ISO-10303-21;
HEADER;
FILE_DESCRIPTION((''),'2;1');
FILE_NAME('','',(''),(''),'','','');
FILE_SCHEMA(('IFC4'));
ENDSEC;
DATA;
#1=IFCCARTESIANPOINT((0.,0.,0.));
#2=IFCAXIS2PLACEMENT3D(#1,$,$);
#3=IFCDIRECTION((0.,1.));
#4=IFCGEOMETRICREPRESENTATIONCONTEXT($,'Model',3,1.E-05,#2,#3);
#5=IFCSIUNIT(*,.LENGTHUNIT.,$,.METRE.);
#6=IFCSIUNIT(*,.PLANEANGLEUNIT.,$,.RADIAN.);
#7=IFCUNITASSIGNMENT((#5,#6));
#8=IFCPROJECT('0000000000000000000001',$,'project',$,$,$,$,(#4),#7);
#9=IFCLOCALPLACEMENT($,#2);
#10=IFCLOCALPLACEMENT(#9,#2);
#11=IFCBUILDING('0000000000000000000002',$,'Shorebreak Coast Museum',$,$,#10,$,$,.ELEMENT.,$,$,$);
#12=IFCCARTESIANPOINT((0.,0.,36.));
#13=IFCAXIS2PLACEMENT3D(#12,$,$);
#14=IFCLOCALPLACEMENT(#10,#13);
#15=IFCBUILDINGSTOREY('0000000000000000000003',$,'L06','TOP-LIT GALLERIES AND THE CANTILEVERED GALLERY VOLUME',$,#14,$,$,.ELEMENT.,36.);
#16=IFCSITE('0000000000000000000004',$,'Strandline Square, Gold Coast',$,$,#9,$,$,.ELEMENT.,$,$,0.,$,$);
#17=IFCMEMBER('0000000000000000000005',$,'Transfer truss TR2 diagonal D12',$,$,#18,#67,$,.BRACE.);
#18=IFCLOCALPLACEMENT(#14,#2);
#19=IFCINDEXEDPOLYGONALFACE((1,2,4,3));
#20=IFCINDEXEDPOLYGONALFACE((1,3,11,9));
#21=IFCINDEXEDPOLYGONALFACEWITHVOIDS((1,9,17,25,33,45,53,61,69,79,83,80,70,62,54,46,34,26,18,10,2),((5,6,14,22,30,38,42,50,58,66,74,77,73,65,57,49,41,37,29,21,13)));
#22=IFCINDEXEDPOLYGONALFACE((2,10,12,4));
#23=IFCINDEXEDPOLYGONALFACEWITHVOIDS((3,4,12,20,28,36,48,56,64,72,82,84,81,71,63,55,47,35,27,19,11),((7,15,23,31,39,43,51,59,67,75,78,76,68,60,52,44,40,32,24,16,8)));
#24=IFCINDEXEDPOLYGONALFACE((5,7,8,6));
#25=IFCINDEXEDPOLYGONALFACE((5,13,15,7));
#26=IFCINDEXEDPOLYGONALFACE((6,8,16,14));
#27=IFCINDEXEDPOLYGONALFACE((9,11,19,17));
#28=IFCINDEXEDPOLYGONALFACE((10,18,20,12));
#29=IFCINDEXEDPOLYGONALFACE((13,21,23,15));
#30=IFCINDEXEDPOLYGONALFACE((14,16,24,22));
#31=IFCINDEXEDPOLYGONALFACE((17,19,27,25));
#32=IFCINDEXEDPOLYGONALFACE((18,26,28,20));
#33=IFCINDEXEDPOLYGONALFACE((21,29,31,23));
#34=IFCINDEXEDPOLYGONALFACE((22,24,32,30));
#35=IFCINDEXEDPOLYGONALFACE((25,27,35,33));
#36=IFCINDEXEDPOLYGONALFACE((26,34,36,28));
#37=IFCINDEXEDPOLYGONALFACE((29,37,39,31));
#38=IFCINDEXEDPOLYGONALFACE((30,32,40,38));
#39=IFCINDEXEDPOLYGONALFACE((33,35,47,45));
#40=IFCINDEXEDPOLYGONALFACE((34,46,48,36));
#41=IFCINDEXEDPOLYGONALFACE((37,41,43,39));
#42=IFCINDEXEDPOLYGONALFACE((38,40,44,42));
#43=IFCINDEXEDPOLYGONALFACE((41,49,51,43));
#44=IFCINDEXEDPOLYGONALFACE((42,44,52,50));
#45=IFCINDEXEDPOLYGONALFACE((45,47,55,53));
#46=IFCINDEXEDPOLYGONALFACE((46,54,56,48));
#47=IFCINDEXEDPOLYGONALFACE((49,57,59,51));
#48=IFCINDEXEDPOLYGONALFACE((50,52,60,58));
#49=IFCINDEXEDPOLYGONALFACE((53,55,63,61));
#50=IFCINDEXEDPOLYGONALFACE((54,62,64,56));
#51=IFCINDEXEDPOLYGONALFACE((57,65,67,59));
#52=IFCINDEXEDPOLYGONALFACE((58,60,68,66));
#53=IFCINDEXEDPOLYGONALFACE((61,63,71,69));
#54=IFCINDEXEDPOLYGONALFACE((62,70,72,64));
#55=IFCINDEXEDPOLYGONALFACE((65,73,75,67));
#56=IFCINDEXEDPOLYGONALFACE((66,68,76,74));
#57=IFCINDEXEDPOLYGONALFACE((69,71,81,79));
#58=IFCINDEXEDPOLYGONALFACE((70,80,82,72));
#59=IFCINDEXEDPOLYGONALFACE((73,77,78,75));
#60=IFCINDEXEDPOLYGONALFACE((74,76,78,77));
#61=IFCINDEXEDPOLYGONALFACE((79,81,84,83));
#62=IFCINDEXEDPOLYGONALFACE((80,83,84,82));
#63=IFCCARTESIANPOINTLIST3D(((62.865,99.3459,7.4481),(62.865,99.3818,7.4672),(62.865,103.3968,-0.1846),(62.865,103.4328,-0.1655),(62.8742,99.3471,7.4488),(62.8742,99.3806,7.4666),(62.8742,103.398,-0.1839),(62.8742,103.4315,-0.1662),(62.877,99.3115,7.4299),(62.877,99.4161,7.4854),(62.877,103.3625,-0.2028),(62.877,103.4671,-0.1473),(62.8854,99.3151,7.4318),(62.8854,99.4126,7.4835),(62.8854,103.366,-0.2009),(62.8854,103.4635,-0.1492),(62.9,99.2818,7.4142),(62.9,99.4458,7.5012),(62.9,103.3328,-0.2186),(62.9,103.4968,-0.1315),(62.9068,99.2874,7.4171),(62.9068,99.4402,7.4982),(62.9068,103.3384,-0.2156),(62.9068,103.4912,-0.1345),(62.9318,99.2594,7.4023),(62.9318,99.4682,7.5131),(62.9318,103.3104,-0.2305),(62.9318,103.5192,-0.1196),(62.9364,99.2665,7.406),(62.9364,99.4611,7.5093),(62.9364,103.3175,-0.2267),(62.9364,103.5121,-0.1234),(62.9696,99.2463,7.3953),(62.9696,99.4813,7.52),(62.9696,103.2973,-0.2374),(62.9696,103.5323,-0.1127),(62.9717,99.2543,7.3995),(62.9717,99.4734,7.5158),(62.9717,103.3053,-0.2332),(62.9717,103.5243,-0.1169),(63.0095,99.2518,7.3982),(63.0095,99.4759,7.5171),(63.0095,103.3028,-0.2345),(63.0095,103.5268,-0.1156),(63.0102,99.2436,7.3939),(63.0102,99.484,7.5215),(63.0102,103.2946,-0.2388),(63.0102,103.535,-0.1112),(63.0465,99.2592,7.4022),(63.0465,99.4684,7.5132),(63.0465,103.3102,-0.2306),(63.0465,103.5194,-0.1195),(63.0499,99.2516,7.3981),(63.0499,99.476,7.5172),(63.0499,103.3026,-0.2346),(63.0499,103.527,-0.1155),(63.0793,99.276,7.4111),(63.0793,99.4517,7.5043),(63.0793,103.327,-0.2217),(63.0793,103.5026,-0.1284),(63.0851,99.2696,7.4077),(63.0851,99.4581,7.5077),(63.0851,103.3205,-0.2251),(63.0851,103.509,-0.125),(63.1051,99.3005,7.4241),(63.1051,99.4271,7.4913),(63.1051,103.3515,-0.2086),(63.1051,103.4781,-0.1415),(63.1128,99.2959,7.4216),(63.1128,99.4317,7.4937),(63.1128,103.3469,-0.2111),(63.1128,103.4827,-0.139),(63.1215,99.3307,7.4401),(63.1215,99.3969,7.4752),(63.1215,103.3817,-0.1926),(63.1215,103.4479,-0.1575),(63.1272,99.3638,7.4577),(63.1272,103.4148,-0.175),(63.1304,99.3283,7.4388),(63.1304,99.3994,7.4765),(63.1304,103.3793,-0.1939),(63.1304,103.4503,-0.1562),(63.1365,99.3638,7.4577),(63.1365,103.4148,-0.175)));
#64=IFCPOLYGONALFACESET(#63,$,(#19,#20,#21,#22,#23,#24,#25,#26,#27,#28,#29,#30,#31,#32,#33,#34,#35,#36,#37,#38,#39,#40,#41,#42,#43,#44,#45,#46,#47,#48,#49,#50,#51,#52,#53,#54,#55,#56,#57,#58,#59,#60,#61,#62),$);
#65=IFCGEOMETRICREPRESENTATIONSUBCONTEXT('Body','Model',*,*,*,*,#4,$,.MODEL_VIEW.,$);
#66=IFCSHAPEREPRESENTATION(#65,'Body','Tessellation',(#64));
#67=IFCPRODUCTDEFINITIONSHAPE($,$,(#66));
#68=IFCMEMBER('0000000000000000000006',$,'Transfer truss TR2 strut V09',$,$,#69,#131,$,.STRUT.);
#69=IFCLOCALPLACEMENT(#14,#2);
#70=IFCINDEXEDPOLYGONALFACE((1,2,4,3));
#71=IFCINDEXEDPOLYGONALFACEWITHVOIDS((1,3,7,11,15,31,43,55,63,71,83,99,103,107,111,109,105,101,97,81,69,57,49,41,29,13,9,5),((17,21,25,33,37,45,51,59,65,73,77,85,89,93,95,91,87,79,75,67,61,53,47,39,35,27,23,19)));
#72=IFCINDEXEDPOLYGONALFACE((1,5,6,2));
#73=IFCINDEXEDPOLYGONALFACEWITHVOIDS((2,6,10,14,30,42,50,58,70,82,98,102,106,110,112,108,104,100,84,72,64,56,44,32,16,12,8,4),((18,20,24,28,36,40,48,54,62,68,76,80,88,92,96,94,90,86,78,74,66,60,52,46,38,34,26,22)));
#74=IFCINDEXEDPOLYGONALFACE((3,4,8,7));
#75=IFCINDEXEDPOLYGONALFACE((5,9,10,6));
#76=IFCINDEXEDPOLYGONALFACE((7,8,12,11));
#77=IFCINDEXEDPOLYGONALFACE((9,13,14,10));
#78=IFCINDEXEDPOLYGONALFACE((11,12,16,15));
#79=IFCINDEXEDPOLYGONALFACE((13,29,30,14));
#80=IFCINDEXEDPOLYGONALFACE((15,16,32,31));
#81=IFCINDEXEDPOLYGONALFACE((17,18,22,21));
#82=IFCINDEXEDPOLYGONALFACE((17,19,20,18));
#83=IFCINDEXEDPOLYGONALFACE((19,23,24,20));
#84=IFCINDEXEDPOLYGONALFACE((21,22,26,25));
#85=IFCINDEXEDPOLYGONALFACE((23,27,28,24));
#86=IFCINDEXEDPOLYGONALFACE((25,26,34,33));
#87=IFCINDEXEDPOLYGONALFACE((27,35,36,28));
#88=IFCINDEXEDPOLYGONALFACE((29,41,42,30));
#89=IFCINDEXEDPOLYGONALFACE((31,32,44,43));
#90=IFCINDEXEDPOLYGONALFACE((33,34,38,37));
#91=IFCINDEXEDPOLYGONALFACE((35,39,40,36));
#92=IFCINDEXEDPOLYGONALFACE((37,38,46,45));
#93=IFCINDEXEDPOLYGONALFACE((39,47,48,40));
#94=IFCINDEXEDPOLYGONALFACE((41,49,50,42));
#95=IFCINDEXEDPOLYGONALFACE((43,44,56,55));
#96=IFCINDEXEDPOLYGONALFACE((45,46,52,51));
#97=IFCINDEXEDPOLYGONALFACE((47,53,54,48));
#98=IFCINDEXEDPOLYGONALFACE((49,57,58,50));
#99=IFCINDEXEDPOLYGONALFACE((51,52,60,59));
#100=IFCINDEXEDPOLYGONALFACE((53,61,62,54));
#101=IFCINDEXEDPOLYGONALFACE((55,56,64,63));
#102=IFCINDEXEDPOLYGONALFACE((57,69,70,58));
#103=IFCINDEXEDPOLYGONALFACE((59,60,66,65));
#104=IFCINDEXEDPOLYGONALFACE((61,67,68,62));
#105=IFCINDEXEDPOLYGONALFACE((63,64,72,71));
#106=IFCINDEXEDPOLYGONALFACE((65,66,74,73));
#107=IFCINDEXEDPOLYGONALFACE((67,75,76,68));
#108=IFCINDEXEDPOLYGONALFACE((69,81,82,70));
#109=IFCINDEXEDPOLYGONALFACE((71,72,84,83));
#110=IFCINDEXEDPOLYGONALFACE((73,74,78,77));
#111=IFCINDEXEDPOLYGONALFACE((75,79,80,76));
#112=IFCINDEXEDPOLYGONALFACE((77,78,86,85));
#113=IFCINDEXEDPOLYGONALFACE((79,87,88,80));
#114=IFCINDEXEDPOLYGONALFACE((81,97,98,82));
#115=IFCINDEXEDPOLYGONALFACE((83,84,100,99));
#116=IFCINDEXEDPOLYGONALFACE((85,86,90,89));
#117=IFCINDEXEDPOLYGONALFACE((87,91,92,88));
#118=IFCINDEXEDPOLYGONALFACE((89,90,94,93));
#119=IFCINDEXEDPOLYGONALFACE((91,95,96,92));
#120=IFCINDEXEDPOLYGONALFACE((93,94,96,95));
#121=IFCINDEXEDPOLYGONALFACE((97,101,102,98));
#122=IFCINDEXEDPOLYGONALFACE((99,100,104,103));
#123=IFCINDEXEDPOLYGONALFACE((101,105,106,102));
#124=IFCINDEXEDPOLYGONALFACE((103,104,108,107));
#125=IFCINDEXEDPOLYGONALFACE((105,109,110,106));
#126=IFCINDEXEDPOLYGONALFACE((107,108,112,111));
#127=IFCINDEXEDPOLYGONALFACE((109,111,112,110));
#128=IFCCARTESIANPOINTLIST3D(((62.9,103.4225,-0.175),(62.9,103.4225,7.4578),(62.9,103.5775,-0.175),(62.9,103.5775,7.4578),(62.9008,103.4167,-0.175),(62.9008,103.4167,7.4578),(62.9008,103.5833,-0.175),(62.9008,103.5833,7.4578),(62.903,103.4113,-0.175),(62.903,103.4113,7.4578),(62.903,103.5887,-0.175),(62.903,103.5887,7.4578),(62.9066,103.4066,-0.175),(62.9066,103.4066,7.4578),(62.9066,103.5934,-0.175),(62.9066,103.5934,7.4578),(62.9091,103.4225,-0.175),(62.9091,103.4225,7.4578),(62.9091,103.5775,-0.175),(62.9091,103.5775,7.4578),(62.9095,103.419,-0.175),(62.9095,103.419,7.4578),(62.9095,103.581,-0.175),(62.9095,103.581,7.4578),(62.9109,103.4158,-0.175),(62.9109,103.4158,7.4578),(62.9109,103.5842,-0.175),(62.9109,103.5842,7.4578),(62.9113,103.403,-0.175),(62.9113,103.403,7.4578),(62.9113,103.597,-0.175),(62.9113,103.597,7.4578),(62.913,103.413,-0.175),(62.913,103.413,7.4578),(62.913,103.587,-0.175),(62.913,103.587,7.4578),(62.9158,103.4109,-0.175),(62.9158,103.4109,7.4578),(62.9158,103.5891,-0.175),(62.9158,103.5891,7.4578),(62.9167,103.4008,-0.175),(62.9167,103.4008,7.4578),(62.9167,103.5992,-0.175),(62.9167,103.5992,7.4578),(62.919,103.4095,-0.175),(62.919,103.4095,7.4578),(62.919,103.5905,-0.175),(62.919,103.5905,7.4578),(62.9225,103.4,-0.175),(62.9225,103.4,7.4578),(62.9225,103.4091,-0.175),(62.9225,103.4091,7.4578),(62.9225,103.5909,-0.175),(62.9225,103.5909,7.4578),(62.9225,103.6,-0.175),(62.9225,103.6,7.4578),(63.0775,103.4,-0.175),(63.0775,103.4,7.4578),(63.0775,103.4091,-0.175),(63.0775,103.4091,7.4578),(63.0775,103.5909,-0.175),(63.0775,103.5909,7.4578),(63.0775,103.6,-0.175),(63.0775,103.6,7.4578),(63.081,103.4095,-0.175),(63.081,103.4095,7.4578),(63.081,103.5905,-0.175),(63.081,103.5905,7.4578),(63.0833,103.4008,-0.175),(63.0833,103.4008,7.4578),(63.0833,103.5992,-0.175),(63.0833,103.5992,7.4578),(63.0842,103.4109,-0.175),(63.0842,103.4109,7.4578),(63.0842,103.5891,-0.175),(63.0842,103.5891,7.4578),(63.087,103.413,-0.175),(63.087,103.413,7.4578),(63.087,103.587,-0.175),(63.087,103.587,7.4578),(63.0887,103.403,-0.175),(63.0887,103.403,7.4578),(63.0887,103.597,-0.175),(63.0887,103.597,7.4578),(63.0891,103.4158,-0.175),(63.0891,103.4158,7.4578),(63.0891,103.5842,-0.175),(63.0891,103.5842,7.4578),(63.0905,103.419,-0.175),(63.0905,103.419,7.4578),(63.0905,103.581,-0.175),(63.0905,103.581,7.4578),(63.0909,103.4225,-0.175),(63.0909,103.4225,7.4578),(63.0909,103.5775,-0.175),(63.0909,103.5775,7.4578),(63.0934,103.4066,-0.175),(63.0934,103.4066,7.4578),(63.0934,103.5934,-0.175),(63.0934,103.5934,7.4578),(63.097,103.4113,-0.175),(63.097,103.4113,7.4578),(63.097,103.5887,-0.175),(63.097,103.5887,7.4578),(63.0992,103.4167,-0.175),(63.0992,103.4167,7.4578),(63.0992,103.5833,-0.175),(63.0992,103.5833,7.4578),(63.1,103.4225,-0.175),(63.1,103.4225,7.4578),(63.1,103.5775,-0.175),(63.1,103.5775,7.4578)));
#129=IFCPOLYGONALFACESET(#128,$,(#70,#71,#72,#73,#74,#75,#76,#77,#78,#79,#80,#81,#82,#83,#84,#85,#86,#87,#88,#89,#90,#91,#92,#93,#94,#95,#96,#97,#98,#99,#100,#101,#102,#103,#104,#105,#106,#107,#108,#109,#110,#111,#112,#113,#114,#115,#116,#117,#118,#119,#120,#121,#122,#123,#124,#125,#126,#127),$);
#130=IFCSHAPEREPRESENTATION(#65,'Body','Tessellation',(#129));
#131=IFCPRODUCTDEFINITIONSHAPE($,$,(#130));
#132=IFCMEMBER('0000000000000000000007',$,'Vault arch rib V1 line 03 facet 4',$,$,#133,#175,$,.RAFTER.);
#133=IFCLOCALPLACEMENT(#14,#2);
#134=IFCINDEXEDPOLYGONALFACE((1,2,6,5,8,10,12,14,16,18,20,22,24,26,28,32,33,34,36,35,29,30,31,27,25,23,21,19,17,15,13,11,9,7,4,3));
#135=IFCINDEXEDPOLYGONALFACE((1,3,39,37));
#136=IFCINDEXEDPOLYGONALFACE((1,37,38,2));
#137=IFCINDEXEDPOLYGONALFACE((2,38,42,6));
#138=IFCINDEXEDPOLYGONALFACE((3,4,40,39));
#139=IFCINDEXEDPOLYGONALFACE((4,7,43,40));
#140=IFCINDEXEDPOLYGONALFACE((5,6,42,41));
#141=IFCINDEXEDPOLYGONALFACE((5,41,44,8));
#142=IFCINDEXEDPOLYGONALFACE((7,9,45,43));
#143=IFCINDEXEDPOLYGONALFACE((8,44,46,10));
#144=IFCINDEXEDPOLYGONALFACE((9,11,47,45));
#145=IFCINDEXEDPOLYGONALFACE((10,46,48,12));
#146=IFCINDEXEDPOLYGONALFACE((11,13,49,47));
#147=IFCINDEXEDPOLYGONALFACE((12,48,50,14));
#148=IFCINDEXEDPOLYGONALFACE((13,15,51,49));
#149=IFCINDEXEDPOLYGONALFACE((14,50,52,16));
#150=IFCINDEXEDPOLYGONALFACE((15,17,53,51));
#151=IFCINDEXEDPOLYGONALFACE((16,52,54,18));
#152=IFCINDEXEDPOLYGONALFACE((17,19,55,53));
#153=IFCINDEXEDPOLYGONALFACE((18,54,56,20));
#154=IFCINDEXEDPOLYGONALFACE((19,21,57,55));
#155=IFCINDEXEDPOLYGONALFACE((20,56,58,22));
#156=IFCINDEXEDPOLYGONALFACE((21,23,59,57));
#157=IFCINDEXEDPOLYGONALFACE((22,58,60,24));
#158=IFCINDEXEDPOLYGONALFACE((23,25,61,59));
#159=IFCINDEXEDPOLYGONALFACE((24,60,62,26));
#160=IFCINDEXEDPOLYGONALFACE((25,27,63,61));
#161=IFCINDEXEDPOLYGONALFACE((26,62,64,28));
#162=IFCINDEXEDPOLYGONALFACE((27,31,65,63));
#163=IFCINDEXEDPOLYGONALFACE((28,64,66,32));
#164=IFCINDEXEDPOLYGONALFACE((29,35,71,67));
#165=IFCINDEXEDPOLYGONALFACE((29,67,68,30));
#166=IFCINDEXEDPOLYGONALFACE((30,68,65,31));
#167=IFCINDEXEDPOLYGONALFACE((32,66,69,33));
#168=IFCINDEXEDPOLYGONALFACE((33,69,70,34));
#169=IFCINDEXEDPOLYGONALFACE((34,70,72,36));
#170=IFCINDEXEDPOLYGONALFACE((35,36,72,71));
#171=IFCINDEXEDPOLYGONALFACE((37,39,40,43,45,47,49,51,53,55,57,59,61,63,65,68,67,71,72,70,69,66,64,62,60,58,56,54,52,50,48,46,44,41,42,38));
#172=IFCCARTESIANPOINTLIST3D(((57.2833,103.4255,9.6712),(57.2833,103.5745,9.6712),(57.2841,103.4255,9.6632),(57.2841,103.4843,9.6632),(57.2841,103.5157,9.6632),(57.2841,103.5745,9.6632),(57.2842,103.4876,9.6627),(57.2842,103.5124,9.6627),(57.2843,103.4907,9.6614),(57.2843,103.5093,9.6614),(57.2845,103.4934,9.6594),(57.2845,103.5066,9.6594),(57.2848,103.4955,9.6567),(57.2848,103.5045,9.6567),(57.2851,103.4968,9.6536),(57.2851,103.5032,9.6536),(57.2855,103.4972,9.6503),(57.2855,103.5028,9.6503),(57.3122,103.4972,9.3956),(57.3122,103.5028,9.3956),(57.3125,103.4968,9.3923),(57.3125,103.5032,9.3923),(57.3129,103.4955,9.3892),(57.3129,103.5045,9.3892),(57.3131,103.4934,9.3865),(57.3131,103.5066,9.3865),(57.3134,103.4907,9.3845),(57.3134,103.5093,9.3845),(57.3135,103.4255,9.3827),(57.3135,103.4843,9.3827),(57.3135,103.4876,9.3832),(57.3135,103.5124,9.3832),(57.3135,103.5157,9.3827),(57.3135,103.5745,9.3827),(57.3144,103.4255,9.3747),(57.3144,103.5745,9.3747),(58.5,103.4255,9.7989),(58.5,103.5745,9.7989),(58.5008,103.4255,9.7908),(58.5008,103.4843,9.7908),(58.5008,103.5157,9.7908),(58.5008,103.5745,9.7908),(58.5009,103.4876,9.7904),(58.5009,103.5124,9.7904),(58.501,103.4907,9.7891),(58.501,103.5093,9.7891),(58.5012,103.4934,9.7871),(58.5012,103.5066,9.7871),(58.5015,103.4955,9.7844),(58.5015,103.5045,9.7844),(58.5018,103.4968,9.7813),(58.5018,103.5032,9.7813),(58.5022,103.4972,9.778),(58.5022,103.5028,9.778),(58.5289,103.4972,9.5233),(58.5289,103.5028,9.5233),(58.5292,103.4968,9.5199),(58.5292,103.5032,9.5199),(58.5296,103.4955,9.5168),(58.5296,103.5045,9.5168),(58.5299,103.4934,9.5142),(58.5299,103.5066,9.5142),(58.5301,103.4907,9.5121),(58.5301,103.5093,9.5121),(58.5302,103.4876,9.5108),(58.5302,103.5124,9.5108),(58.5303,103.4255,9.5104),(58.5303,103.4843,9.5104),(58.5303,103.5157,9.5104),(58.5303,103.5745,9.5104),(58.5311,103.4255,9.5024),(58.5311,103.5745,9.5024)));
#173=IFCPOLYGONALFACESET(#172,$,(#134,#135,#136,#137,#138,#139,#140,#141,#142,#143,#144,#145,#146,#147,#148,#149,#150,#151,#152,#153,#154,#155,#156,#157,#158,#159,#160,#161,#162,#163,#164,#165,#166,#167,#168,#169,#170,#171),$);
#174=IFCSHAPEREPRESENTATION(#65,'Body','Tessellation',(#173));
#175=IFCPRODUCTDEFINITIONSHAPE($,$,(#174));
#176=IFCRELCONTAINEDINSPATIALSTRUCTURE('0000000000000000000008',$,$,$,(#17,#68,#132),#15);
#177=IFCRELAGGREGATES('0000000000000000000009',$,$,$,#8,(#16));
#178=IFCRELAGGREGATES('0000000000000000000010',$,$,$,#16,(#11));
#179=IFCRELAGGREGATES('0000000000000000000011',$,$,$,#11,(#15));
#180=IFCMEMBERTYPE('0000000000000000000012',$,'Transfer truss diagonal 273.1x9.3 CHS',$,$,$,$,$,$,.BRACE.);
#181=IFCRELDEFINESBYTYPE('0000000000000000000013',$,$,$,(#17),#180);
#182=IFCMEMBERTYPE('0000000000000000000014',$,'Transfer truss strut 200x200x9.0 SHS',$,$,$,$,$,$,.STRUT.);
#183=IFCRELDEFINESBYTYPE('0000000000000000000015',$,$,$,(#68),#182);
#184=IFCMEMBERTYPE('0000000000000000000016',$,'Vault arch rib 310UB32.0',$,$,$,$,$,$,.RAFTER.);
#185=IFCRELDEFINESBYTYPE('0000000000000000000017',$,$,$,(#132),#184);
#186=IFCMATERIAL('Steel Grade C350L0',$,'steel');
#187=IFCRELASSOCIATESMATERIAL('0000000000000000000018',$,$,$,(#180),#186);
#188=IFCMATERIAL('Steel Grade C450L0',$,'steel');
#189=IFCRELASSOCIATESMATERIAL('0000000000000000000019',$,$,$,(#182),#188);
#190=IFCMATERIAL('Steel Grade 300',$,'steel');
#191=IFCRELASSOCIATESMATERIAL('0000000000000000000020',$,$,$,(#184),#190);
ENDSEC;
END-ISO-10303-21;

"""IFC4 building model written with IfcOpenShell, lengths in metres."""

from ifc_helpers import new_model, si_unit, direction, frame, origin, origin_2d, place, context, subcontext, project, spatial, hollow_rectangle, hollow_circle, i_section, extrude, material, material_profile, profile_set, type_object, element, save


model = new_model("IFC4")

# Units and contexts
model_context = context("Model", 3, precision=1e-05, world=origin(), true_north=direction((0.0, 1.0)))
body_context = subcontext(model_context, "Body", "Model", "MODEL_VIEW")
ifc_project = project(units=[si_unit("LENGTHUNIT", "METRE"), si_unit("PLANEANGLEUNIT", "RADIAN")], contexts=[model_context])

# Site, building, storey
site_placement = place(None, origin())
site = spatial("IfcSite", under=ifc_project, at=site_placement, Name="Strandline Square, Gold Coast", CompositionType="ELEMENT", RefElevation=0.0)
building_placement = place(site_placement, origin())
building = spatial("IfcBuilding", under=site, at=building_placement, Name="Shorebreak Coast Museum", CompositionType="ELEMENT")
storey_placement = place(building_placement, frame((0.0, 0.0, 36.0)))
storey = spatial("IfcBuildingStorey", under=building, at=storey_placement, Name="L06", Description="TOP-LIT GALLERIES AND THE CANTILEVERED GALLERY VOLUME", CompositionType="ELEMENT", Elevation=36.0)

# Members
ifc_material_1 = material(Name="Steel Grade C350L0", Category="steel")
ifc_material_profile_1 = material_profile(ifc_material_1, hollow_circle(Radius=0.1365, WallThickness=0.0093, at=origin_2d()), Name="273.1x9.3 CHS")
ifc_profile_set_1 = profile_set([ifc_material_profile_1], Name="Steel Grade C350L0")
member_type_1 = type_object("IfcMemberType", Name="Transfer truss diagonal 273.1x9.3 CHS", PredefinedType="BRACE", material=ifc_profile_set_1)
member_1_placement = place(storey_placement, frame((63.0, 103.4148, -0.175), z_axis=(0.0, -0.468803, 0.883303), x_axis=(1.0, 0.0, 0.0)))
element("IfcMember", 1, at=member_1_placement, inside=storey, type_object=member_type_1, Name="Transfer truss TR2 diagonal D12", PredefinedType="BRACE", context=body_context, shape_type="SweptSolid", body=[
    extrude(hollow_circle(Radius=0.1365, WallThickness=0.0093, at=origin_2d()), origin(), (0.0, 0.0, 1.0), 8.6411),
])
ifc_material_2 = material(Name="Steel Grade C450L0", Category="steel")
ifc_material_profile_2 = material_profile(ifc_material_2, hollow_rectangle(XDim=0.2, YDim=0.2, WallThickness=0.009, InnerFilletRadius=0.0134, OuterFilletRadius=0.0225, at=origin_2d()), Name="200x200x9.0 SHS")
ifc_profile_set_2 = profile_set([ifc_material_profile_2], Name="Steel Grade C450L0")
member_type_2 = type_object("IfcMemberType", Name="Transfer truss strut 200x200x9.0 SHS", PredefinedType="STRUT", material=ifc_profile_set_2)
member_2_placement = place(storey_placement, frame((63.0, 103.5, -0.175), z_axis=(0.0, 0.0, 1.0), x_axis=(1.0, 0.0, 0.0)))
element("IfcMember", 2, at=member_2_placement, inside=storey, type_object=member_type_2, Name="Transfer truss TR2 strut V09", PredefinedType="STRUT", context=body_context, shape_type="SweptSolid", body=[
    extrude(hollow_rectangle(XDim=0.2, YDim=0.2, WallThickness=0.009, InnerFilletRadius=0.0134, OuterFilletRadius=0.0225, at=origin_2d()), origin(), (0.0, 0.0, 1.0), 7.6328),
])
ifc_material_3 = material(Name="Steel Grade 300", Category="steel")
ifc_material_profile_3 = material_profile(ifc_material_3, i_section(OverallWidth=0.1489, OverallDepth=0.2981, WebThickness=0.0056, FlangeThickness=0.0081, FilletRadius=0.0129, at=origin_2d()), Name="310UB32.0")
ifc_profile_set_3 = profile_set([ifc_material_profile_3], Name="Steel Grade 300")
member_type_3 = type_object("IfcMemberType", Name="Vault arch rib 310UB32.0", PredefinedType="RAFTER", material=ifc_profile_set_3)
for number, where, z_axis, x_axis, name in (
    (3, (57.2988, 103.5, 9.5229), (0.994539, 0.0, 0.104363), (0.0, 1.0, 0.0), "Vault arch rib V1 line 03 facet 4"),
):
    element("IfcMember", number, at=place(storey_placement, frame(where, z_axis=z_axis, x_axis=x_axis)), inside=storey, type_object=member_type_3, Name=name, PredefinedType="RAFTER", context=body_context, shape_type="SweptSolid", body=[
        extrude(i_section(OverallWidth=0.1489, OverallDepth=0.2981, WebThickness=0.0056, FlangeThickness=0.0081, FilletRadius=0.0129, at=origin_2d()), origin(), (0.0, 0.0, 1.0), 1.2234),
    ])

save(model, "model.ifc")
